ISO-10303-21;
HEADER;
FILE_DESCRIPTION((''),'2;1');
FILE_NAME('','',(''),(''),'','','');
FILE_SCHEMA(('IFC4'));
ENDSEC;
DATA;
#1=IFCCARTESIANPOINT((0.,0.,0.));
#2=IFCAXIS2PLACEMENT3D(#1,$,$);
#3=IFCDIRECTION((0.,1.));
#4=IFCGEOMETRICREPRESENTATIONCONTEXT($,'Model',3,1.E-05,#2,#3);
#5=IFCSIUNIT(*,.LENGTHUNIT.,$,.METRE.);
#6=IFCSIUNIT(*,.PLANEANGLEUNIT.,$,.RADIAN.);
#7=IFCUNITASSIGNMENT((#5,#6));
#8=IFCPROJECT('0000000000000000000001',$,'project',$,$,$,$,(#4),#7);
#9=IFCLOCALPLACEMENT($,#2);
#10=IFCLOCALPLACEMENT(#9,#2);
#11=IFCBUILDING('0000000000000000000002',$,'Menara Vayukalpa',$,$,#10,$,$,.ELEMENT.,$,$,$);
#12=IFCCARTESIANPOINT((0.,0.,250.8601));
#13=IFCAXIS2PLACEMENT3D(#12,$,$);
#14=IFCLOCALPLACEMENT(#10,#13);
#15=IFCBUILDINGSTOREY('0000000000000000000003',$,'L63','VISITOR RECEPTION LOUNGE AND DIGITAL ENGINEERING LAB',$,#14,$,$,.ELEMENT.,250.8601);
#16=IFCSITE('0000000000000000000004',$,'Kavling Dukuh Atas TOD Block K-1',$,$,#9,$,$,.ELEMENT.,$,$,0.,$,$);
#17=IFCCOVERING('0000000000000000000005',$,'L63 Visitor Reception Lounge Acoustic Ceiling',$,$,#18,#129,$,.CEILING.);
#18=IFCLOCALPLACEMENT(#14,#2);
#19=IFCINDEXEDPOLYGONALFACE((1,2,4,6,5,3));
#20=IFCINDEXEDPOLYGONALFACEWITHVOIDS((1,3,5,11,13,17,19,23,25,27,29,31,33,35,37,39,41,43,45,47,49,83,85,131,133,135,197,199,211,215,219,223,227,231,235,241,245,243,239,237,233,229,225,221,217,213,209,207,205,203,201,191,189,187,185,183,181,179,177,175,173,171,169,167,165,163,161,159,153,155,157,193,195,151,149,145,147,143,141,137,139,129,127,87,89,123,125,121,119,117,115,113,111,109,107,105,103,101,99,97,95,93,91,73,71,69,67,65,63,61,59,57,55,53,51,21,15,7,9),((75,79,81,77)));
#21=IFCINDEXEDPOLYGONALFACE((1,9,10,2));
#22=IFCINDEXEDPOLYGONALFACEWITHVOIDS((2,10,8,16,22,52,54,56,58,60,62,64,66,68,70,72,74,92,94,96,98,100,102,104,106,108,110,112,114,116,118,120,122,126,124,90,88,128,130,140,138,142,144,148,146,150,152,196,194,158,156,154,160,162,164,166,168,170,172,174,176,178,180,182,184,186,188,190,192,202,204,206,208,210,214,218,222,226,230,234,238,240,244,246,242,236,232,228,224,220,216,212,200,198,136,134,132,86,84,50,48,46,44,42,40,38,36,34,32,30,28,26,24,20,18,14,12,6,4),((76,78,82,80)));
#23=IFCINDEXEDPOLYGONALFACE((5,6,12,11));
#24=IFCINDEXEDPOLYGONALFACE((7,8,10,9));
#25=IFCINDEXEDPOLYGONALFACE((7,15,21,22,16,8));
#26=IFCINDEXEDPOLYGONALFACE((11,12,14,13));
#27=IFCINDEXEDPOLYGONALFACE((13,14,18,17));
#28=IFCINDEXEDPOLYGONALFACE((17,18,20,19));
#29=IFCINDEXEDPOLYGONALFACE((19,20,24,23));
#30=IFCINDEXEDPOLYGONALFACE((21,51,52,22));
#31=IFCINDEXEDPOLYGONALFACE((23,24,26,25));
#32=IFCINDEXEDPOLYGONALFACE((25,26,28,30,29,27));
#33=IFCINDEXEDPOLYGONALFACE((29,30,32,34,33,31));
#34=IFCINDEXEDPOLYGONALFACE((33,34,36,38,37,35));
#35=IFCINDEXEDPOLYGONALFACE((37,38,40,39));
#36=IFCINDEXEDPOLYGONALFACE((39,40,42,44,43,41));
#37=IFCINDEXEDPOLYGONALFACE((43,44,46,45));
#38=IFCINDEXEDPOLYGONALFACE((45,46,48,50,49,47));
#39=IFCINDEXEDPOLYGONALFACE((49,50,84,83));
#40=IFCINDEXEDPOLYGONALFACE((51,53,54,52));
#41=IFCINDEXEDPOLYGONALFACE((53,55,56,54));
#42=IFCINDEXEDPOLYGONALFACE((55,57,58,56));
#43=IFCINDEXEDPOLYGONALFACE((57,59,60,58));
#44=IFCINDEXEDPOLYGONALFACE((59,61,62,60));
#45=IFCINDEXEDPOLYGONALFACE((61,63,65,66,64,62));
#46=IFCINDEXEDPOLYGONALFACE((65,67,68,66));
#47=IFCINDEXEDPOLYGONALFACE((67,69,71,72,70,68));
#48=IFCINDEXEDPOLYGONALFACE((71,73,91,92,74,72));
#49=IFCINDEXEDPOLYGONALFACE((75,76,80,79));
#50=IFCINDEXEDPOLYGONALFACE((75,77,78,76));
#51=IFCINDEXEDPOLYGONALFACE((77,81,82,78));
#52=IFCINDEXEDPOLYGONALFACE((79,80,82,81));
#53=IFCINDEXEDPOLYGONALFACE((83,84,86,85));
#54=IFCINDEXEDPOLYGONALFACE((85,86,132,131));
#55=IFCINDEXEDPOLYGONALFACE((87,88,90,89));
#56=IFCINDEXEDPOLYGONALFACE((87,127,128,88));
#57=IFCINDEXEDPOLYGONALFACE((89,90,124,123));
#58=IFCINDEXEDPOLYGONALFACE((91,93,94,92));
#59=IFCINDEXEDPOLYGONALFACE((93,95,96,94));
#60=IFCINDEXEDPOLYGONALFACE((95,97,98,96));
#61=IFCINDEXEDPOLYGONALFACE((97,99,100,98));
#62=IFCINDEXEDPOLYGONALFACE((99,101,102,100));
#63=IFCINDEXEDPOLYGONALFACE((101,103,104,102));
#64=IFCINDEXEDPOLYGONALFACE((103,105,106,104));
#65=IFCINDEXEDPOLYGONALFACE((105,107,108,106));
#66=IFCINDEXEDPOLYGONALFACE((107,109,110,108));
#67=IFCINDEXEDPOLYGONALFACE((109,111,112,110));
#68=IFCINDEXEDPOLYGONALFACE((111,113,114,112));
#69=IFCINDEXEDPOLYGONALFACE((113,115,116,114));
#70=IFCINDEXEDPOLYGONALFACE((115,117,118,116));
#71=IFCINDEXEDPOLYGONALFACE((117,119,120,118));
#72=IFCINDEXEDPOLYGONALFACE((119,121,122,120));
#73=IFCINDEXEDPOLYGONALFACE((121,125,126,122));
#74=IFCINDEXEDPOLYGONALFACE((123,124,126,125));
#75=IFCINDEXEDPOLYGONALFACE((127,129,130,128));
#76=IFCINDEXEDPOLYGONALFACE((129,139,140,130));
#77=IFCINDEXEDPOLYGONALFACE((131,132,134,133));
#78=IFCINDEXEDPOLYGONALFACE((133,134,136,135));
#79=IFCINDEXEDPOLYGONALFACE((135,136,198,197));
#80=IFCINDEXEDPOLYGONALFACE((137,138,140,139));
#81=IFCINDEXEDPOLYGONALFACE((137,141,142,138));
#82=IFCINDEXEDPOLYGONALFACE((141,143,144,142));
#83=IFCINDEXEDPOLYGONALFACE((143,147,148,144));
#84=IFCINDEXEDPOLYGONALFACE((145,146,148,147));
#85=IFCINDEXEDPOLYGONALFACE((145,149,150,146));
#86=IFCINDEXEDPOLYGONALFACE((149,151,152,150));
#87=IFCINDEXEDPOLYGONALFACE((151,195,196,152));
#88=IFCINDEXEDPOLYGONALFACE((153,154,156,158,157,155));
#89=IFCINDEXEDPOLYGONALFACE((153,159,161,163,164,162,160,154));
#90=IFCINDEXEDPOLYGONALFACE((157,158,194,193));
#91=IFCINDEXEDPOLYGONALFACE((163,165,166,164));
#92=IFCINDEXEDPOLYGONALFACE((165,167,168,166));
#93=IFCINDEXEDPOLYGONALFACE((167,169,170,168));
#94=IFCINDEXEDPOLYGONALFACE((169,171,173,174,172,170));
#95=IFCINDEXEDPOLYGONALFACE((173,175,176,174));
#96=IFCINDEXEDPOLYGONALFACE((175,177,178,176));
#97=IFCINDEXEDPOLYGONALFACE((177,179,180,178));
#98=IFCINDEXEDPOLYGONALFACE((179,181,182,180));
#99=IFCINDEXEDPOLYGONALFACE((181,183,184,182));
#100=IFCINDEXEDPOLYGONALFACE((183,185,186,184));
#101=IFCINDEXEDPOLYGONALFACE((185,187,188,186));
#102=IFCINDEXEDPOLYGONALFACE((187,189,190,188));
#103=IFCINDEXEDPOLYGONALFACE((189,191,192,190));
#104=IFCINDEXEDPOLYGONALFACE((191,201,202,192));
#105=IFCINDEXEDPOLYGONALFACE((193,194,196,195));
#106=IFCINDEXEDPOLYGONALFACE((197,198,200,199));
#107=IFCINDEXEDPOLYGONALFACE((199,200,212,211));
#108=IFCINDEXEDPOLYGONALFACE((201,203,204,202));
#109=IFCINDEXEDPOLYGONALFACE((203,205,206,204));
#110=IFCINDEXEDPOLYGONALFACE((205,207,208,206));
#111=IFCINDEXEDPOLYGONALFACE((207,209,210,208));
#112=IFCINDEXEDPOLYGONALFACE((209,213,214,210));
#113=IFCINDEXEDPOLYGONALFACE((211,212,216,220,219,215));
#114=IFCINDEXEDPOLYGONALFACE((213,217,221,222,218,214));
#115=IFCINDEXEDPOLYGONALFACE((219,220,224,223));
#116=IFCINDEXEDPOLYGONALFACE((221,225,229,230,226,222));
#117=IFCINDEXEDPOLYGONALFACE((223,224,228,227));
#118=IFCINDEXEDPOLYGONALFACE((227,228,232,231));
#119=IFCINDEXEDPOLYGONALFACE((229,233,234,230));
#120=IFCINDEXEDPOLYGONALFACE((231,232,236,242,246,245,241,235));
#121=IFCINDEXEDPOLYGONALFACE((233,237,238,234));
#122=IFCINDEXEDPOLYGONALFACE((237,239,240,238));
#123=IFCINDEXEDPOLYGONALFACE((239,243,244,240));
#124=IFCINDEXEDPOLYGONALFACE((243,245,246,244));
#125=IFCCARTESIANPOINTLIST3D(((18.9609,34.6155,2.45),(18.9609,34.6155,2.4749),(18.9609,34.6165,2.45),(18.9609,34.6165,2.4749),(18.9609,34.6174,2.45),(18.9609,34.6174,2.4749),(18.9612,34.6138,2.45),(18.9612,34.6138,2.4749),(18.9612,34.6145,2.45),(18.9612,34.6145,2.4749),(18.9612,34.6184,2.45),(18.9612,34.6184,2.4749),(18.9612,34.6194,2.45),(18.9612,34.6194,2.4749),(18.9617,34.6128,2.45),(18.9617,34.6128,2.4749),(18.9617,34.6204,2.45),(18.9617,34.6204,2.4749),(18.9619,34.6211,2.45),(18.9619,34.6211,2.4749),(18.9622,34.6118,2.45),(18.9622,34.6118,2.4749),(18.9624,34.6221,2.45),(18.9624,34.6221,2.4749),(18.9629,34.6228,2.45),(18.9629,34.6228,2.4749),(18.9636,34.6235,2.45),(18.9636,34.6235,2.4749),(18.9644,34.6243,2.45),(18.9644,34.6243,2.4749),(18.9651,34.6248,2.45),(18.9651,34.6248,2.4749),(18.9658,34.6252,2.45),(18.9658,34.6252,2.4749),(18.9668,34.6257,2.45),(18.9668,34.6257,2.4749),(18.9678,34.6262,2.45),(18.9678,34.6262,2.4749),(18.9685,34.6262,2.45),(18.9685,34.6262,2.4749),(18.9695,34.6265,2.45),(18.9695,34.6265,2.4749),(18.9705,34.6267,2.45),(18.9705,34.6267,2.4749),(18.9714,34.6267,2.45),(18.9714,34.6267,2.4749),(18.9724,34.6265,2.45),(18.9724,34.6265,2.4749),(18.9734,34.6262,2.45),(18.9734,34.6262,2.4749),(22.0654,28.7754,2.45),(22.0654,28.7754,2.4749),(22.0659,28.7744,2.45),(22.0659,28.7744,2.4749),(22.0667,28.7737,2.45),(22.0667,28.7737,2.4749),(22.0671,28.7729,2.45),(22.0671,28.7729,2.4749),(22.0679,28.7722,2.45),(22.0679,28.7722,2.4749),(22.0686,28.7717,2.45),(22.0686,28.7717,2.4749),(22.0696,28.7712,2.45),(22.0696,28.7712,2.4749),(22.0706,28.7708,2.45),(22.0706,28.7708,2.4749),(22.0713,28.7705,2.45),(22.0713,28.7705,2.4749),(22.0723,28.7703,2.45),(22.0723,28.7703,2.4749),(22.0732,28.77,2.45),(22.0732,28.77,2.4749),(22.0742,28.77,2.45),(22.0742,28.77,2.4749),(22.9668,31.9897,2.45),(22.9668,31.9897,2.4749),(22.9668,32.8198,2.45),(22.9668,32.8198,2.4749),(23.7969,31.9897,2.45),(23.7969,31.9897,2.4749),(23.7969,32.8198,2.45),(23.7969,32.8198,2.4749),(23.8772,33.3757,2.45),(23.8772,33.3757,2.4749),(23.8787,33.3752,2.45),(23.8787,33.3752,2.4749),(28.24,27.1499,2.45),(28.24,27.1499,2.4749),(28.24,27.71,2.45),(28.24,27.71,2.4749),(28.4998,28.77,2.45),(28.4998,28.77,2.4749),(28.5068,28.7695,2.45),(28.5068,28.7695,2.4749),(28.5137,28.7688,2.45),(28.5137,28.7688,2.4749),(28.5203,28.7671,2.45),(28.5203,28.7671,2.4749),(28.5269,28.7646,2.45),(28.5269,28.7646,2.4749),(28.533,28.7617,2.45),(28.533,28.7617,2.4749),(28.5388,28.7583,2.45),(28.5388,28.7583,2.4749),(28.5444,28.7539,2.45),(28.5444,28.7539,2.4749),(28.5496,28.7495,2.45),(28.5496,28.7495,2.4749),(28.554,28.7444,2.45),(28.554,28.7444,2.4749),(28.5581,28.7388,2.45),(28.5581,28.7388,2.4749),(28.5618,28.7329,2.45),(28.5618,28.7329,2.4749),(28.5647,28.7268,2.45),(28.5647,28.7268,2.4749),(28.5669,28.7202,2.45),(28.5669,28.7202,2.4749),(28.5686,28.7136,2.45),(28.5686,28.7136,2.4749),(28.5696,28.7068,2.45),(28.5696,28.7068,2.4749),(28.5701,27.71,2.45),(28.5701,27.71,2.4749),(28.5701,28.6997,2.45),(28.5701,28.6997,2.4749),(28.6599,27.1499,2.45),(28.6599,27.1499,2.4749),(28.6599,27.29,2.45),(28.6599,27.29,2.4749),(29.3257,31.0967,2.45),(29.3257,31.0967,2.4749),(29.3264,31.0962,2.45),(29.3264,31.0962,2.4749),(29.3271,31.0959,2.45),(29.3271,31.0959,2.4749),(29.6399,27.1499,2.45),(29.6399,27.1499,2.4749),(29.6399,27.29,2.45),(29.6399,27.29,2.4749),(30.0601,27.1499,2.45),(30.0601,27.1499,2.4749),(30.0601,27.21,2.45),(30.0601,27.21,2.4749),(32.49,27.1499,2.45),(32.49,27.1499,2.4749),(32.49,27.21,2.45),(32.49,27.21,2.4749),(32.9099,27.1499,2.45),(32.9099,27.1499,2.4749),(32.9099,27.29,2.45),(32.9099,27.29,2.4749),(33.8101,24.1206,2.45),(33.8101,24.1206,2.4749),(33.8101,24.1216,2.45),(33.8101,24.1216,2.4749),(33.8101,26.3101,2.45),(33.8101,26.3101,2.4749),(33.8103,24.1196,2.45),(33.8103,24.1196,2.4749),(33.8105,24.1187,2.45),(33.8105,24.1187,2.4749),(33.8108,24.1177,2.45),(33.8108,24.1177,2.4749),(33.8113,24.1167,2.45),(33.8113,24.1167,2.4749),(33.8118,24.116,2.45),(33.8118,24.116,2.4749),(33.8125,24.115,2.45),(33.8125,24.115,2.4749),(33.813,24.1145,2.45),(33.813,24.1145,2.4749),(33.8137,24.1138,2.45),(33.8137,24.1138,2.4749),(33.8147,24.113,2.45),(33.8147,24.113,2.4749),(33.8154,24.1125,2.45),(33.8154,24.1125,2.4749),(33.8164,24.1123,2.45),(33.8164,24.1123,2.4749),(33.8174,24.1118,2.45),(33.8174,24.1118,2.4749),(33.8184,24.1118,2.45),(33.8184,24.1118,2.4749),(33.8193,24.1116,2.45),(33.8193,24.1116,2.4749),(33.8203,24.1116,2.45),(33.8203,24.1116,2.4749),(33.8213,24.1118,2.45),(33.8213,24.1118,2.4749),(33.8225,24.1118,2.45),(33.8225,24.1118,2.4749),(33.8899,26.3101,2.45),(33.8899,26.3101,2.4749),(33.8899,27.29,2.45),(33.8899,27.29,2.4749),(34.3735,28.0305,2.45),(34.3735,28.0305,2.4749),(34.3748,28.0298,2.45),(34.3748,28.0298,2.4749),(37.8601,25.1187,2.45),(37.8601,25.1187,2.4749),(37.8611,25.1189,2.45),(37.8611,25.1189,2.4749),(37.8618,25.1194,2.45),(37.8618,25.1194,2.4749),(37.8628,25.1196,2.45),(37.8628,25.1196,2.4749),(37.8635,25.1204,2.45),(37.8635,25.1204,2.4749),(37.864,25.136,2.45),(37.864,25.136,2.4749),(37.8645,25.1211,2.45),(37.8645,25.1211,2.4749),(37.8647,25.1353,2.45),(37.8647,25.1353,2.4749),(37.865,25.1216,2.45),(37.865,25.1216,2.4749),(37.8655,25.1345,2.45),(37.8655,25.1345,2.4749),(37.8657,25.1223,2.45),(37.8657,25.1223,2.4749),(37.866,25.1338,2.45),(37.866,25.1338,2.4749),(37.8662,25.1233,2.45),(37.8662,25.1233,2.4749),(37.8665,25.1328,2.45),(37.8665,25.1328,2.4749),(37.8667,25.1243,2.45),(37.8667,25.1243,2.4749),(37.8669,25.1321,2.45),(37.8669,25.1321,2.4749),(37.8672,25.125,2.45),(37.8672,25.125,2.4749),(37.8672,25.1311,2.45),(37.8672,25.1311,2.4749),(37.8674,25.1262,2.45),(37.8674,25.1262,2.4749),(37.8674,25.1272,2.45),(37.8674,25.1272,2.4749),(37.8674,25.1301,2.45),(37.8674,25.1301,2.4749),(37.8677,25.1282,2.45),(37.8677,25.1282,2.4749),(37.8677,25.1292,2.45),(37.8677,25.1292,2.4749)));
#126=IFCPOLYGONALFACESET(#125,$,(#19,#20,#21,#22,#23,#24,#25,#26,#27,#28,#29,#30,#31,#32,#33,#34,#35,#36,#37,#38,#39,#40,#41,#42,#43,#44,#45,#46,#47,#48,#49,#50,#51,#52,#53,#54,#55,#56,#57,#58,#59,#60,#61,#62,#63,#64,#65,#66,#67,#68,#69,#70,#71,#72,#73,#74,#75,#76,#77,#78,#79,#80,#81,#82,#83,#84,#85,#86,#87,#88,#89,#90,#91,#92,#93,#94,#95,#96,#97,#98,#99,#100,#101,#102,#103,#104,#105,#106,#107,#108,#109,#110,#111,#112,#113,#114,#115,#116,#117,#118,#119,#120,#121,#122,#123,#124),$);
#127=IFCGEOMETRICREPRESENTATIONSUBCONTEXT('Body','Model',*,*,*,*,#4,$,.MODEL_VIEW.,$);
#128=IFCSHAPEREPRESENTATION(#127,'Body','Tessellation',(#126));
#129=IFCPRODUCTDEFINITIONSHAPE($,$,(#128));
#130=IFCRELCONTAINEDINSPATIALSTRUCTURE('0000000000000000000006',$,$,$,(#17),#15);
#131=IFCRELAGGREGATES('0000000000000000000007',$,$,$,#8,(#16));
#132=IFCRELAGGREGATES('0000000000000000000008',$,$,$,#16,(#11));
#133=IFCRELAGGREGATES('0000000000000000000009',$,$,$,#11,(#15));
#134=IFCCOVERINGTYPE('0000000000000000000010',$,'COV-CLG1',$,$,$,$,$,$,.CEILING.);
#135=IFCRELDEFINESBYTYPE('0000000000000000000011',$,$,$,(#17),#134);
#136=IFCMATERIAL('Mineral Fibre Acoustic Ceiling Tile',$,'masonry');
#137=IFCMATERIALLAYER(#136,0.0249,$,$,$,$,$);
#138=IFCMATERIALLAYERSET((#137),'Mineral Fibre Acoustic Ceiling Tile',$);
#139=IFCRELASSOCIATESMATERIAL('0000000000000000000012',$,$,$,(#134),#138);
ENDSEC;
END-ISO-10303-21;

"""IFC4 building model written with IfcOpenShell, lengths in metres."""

from ifc_helpers import new_model, si_unit, direction, frame, origin, place, context, subcontext, project, spatial, polyline, outline, extrude, material, layer, layer_set, type_object, element, save


model = new_model("IFC4")

# Units and contexts
model_context = context("Model", 3, precision=1e-05, world=origin(), true_north=direction((0.0, 1.0)))
body_context = subcontext(model_context, "Body", "Model", "MODEL_VIEW")
ifc_project = project(units=[si_unit("LENGTHUNIT", "METRE"), si_unit("PLANEANGLEUNIT", "RADIAN")], contexts=[model_context])

# Site, building, storey
site_placement = place(None, origin())
site = spatial("IfcSite", under=ifc_project, at=site_placement, Name="Kavling Dukuh Atas TOD Block K-1", CompositionType="ELEMENT", RefElevation=0.0)
building_placement = place(site_placement, origin())
building = spatial("IfcBuilding", under=site, at=building_placement, Name="Menara Vayukalpa", CompositionType="ELEMENT")
storey_placement = place(building_placement, frame((0.0, 0.0, 250.8601)))
storey = spatial("IfcBuildingStorey", under=building, at=storey_placement, Name="L63", Description="VISITOR RECEPTION LOUNGE AND DIGITAL ENGINEERING LAB", CompositionType="ELEMENT", Elevation=250.8601)

# Covering
ifc_material_1 = material(Name="Mineral Fibre Acoustic Ceiling Tile", Category="masonry")
ifc_layer_1 = layer(ifc_material_1, 0.0249)
ifc_layer_set_1 = layer_set([ifc_layer_1], Name="Mineral Fibre Acoustic Ceiling Tile")
covering_type_1 = type_object("IfcCoveringType", Name="COV-CLG1", PredefinedType="CEILING", material=ifc_layer_set_1)
covering_1_placement = place(storey_placement, frame((0.0, 0.0, 2.45)))
element("IfcCovering", 1, at=covering_1_placement, inside=storey, type_object=covering_type_1, Name="L63 Visitor Reception Lounge Acoustic Ceiling", PredefinedType="CEILING", context=body_context, shape_type="SweptSolid", body=[
    extrude(outline(polyline([(29.6399, 27.1499), (29.6399, 27.29), (28.6599, 27.29), (28.6599, 27.1499), (28.24, 27.1499), (28.24, 27.71), (28.5701, 27.71), (28.5701, 28.6997), (28.5696, 28.7068), (28.5686, 28.7136), (28.5669, 28.7202), (28.5647, 28.7268), (28.5618, 28.7329), (28.5581, 28.7388), (28.554, 28.7444), (28.5496, 28.7495), (28.5444, 28.7539), (28.5388, 28.7583), (28.533, 28.7617), (28.5269, 28.7646), (28.5203, 28.7671), (28.5137, 28.7688), (28.5068, 28.7695), (28.4998, 28.77), (22.0742, 28.77), (22.0732, 28.77), (22.0723, 28.7703), (22.0713, 28.7705), (22.0706, 28.7708), (22.0696, 28.7712), (22.0686, 28.7717), (22.0679, 28.7722), (22.0671, 28.7729), (22.0667, 28.7737), (22.0659, 28.7744), (22.0654, 28.7754), (18.9622, 34.6118), (18.9617, 34.6128), (18.9612, 34.6138), (18.9612, 34.6145), (18.9609, 34.6155), (18.9609, 34.6165), (18.9609, 34.6174), (18.9612, 34.6184), (18.9612, 34.6194), (18.9617, 34.6204), (18.9619, 34.6211), (18.9624, 34.6221), (18.9629, 34.6228), (18.9636, 34.6235), (18.9644, 34.6243), (18.9651, 34.6248), (18.9658, 34.6252), (18.9668, 34.6257), (18.9678, 34.6262), (18.9685, 34.6262), (18.9695, 34.6265), (18.9705, 34.6267), (18.9714, 34.6267), (18.9724, 34.6265), (18.9734, 34.6262), (23.8772, 33.3757), (23.8787, 33.3752), (29.3257, 31.0967), (29.3264, 31.0962), (29.3271, 31.0959), (34.3735, 28.0305), (34.3748, 28.0298), (37.864, 25.136), (37.8647, 25.1353), (37.8655, 25.1345), (37.866, 25.1338), (37.8665, 25.1328), (37.8669, 25.1321), (37.8672, 25.1311), (37.8674, 25.1301), (37.8677, 25.1292), (37.8677, 25.1282), (37.8674, 25.1272), (37.8674, 25.1262), (37.8672, 25.125), (37.8667, 25.1243), (37.8662, 25.1233), (37.8657, 25.1223), (37.865, 25.1216), (37.8645, 25.1211), (37.8635, 25.1204), (37.8628, 25.1196), (37.8618, 25.1194), (37.8611, 25.1189), (37.8601, 25.1187), (33.8225, 24.1118), (33.8213, 24.1118), (33.8203, 24.1116), (33.8193, 24.1116), (33.8184, 24.1118), (33.8174, 24.1118), (33.8164, 24.1123), (33.8154, 24.1125), (33.8147, 24.113), (33.8137, 24.1138), (33.813, 24.1145), (33.8125, 24.115), (33.8118, 24.116), (33.8113, 24.1167), (33.8108, 24.1177), (33.8105, 24.1187), (33.8103, 24.1196), (33.8101, 24.1206), (33.8101, 24.1216), (33.8101, 26.3101), (33.8899, 26.3101), (33.8899, 27.29), (32.9099, 27.29), (32.9099, 27.1499), (32.49, 27.1499), (32.49, 27.21), (30.0601, 27.21), (30.0601, 27.1499), (29.6399, 27.1499)]), holes=[polyline([(23.7969, 32.8198), (22.9668, 32.8198), (22.9668, 31.9897), (23.7969, 31.9897), (23.7969, 32.8198)])]), origin(), (0.0, 0.0, 1.0), 0.0249),
])

save(model, "model.ifc")
